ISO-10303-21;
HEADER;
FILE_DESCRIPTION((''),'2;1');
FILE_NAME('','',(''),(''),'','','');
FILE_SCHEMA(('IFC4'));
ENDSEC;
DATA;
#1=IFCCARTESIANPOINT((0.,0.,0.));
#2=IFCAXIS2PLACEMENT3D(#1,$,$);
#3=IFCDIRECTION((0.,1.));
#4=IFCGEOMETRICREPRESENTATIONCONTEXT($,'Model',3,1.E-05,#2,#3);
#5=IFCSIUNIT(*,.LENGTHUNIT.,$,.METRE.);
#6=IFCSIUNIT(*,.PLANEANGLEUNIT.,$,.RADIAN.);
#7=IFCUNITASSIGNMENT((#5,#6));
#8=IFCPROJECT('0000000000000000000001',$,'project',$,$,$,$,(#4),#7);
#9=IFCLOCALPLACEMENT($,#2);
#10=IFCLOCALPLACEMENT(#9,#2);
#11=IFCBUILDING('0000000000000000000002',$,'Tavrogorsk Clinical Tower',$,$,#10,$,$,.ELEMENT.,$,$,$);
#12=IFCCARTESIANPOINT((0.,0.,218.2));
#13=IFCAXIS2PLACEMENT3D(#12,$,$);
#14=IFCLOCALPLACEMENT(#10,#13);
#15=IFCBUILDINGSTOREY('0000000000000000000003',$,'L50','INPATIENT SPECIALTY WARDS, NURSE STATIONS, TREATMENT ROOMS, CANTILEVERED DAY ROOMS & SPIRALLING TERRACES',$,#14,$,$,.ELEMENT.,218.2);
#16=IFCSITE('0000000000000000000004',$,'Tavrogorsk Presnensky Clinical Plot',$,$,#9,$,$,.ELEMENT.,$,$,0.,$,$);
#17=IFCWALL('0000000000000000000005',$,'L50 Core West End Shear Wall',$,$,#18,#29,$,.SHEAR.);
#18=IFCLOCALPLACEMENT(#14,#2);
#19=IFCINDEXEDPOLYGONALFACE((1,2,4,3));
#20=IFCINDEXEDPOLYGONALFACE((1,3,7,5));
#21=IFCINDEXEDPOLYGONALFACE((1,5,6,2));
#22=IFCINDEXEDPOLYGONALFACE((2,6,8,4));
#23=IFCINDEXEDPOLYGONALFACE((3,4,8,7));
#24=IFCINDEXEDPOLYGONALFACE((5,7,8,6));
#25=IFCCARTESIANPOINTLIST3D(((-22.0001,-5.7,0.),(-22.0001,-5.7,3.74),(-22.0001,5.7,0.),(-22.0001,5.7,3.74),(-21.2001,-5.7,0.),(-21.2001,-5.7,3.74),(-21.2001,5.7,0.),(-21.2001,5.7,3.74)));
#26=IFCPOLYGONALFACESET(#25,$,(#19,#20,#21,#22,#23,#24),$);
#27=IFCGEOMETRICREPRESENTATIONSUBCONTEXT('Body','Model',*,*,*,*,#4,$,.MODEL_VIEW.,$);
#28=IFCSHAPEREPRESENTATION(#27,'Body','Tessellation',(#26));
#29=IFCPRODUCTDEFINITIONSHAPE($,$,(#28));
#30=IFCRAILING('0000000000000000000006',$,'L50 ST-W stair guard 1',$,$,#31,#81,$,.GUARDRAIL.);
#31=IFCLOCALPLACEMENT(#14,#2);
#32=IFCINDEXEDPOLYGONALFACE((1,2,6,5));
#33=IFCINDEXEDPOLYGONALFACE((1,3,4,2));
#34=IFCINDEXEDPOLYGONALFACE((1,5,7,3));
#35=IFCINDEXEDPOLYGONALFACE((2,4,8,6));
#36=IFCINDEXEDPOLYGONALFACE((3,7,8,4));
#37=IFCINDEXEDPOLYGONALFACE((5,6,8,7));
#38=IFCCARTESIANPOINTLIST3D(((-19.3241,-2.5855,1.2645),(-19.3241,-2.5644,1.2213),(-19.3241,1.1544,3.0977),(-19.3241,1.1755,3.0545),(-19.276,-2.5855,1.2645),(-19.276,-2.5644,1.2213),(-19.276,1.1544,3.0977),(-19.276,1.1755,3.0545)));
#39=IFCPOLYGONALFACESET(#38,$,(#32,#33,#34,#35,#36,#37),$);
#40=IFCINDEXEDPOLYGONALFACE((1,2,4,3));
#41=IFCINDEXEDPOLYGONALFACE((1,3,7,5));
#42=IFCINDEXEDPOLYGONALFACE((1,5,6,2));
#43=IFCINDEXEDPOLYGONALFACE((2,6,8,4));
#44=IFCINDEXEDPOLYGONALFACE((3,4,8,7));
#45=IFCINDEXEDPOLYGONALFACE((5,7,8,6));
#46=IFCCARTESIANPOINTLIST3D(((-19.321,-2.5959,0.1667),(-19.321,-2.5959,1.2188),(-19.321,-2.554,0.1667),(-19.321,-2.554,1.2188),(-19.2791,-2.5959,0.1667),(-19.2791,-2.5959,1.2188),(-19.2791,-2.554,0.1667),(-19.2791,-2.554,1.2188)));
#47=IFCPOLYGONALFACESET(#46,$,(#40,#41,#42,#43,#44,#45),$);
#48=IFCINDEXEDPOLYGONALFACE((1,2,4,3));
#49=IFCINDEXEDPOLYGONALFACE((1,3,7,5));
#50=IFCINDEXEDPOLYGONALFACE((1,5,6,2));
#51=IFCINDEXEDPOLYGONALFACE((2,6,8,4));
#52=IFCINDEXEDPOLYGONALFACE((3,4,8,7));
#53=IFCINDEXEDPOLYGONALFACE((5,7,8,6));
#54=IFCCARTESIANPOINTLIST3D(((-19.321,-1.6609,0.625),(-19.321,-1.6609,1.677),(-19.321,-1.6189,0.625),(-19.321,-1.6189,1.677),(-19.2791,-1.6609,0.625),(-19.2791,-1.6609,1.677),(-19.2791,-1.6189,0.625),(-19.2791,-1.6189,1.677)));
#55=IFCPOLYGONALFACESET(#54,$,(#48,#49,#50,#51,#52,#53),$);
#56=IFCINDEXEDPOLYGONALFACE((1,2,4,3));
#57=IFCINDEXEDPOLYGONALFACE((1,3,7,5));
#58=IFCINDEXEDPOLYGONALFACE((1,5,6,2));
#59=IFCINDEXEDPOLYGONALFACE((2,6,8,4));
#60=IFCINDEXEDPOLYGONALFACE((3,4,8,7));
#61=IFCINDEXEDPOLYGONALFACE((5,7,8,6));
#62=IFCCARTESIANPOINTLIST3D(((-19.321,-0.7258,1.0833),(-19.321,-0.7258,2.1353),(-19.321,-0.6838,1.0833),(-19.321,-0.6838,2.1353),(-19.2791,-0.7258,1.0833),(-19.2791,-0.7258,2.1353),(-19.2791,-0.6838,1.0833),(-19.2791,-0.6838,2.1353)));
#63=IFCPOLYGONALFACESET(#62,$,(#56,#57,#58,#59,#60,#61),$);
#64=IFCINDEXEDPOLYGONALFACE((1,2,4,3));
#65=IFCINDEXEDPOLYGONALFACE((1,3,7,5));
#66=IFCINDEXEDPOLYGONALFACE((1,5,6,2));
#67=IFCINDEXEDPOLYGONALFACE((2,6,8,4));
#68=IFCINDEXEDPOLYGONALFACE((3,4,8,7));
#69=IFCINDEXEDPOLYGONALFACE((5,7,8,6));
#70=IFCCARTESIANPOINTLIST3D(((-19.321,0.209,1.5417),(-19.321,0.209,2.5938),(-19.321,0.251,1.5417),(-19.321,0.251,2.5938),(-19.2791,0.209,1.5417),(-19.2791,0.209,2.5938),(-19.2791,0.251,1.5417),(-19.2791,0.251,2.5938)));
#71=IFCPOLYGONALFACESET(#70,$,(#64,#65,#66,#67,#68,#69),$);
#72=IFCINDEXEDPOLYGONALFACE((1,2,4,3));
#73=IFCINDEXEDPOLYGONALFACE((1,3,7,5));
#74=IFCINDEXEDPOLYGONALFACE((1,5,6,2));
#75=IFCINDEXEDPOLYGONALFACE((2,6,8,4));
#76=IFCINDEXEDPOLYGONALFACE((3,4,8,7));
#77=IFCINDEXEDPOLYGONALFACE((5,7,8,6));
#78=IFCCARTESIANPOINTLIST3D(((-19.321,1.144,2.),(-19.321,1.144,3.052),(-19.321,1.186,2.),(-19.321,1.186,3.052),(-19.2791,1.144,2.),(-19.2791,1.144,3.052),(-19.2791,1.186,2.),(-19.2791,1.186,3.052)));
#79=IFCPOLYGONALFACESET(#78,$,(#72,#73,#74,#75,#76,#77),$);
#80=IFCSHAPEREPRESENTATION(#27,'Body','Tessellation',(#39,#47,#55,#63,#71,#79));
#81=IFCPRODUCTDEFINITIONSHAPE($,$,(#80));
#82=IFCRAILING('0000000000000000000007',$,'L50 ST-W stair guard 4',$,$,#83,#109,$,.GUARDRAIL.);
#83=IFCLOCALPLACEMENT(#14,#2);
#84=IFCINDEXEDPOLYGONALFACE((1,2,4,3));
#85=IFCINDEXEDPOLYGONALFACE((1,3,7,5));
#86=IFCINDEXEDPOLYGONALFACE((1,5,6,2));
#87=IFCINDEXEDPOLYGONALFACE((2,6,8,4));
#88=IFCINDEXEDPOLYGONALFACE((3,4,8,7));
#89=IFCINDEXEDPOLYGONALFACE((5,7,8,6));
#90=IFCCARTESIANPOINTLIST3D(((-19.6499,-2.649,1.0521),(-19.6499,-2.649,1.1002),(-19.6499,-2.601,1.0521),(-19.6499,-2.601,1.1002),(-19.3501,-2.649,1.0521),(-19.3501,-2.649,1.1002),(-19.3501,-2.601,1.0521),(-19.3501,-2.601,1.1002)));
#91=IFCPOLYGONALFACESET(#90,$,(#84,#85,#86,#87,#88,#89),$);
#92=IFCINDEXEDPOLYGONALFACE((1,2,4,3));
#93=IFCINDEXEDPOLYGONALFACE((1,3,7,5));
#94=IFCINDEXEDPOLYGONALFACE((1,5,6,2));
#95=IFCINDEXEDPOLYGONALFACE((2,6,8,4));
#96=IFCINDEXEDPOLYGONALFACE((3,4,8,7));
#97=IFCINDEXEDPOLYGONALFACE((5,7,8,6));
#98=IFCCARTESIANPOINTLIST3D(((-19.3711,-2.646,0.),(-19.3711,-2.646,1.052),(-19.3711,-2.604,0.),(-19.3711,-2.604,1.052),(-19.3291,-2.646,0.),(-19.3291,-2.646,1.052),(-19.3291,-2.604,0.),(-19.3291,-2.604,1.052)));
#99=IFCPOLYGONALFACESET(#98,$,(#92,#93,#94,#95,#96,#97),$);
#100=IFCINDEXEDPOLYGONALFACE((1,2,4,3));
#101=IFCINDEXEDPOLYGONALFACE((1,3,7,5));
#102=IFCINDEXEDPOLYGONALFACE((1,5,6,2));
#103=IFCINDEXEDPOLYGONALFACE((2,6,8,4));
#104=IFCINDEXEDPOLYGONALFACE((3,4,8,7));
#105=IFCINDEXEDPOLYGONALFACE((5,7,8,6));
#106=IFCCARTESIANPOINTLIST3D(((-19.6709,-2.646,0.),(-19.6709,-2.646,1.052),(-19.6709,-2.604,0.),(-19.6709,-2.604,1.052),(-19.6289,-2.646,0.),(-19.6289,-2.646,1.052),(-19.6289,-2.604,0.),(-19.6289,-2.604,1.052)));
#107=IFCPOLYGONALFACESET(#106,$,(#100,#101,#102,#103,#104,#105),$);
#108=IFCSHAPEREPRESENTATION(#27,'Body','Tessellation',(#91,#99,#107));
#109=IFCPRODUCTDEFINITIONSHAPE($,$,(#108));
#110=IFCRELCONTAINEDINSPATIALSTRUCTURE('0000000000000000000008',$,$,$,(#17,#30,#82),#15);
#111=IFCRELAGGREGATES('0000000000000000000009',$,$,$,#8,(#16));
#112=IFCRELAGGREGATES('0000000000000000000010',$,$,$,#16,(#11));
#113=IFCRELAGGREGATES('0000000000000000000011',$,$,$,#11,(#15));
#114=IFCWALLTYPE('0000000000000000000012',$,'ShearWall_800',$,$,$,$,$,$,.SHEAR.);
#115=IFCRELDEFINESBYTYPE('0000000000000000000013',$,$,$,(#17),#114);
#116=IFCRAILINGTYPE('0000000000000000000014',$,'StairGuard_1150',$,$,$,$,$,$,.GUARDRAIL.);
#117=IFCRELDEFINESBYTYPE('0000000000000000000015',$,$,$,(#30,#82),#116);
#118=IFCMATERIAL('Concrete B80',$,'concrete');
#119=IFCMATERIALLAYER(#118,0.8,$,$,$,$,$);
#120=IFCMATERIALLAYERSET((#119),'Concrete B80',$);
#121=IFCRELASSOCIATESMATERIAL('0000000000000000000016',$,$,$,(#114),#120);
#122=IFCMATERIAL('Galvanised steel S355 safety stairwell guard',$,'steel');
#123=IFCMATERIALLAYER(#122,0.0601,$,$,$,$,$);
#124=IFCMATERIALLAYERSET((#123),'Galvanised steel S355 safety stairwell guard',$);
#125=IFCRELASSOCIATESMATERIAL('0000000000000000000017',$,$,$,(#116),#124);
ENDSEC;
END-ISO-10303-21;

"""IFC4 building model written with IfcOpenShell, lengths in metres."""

from ifc_helpers import new_model, si_unit, direction, frame, frame_2d, origin, origin_2d, place, context, subcontext, project, spatial, rectangle, extrude, material, layer, layer_set, type_object, element, save


model = new_model("IFC4")

# Units and contexts
model_context = context("Model", 3, precision=1e-05, world=origin(), true_north=direction((0.0, 1.0)))
body_context = subcontext(model_context, "Body", "Model", "MODEL_VIEW")
ifc_project = project(units=[si_unit("LENGTHUNIT", "METRE"), si_unit("PLANEANGLEUNIT", "RADIAN")], contexts=[model_context])

# Site, building, storey
site_placement = place(None, origin())
site = spatial("IfcSite", under=ifc_project, at=site_placement, Name="Tavrogorsk Presnensky Clinical Plot", CompositionType="ELEMENT", RefElevation=0.0)
building_placement = place(site_placement, origin())
building = spatial("IfcBuilding", under=site, at=building_placement, Name="Tavrogorsk Clinical Tower", CompositionType="ELEMENT")
storey_placement = place(building_placement, frame((0.0, 0.0, 218.2)))
storey = spatial("IfcBuildingStorey", under=building, at=storey_placement, Name="L50", Description="INPATIENT SPECIALTY WARDS, NURSE STATIONS, TREATMENT ROOMS, CANTILEVERED DAY ROOMS & SPIRALLING TERRACES", CompositionType="ELEMENT", Elevation=218.2)

# Wall
ifc_material_1 = material(Name="Concrete B80", Category="concrete")
ifc_layer_1 = layer(ifc_material_1, 0.8)
ifc_layer_set_1 = layer_set([ifc_layer_1], Name="Concrete B80")
wall_type_1 = type_object("IfcWallType", Name="ShearWall_800", PredefinedType="SHEAR", material=ifc_layer_set_1)
wall_1_placement = place(storey_placement, frame((-21.6001, -5.7, 0.0), z_axis=(0.0, 0.0, 1.0), x_axis=(0.0, 1.0, 0.0)))
element("IfcWall", 1, at=wall_1_placement, inside=storey, type_object=wall_type_1, Name="L50 Core West End Shear Wall", PredefinedType="SHEAR", context=body_context, shape_type="SweptSolid", body=[
    extrude(rectangle(XDim=11.3999, YDim=0.8, at=frame_2d((5.7, 0.0))), origin(), (0.0, 0.0, 1.0), 3.74),
])

# Railings
ifc_material_2 = material(Name="Galvanised steel S355 safety stairwell guard", Category="steel")
ifc_layer_2 = layer(ifc_material_2, 0.0601)
ifc_layer_set_2 = layer_set([ifc_layer_2], Name="Galvanised steel S355 safety stairwell guard")
railing_type = type_object("IfcRailingType", Name="StairGuard_1150", PredefinedType="GUARDRAIL", material=ifc_layer_set_2)
railing_1_placement = place(storey_placement, frame((-19.3, -2.575, 0.1667)))
element("IfcRailing", 2, at=railing_1_placement, inside=storey, type_object=railing_type, Name="L50 ST-W stair guard 1", PredefinedType="GUARDRAIL", context=body_context, shape_type="SweptSolid", body=[
    extrude(rectangle(XDim=0.0481, YDim=0.0481, at=origin_2d()), frame((0.0, 0.0, 1.0762), z_axis=(0.0, 0.897928, 0.440142), x_axis=(-1.0, 0.0, 0.0)), (0.0, 0.0, 1.0), 4.165),
    extrude(rectangle(XDim=0.042, YDim=0.042, at=origin_2d()), origin(), (0.0, 0.0, 1.0), 1.052),
    extrude(rectangle(XDim=0.042, YDim=0.042, at=origin_2d()), frame((0.0, 0.9351, 0.4583)), (0.0, 0.0, 1.0), 1.052),
    extrude(rectangle(XDim=0.042, YDim=0.042, at=origin_2d()), frame((0.0, 1.8701, 0.9165)), (0.0, 0.0, 1.0), 1.052),
    extrude(rectangle(XDim=0.042, YDim=0.042, at=origin_2d()), frame((0.0, 2.8049, 1.375)), (0.0, 0.0, 1.0), 1.052),
    extrude(rectangle(XDim=0.042, YDim=0.042, at=origin_2d()), frame((0.0, 3.74, 1.8333)), (0.0, 0.0, 1.0), 1.052),
])
railing_2_placement = place(storey_placement, frame((-19.3501, -2.625, 0.0)))
element("IfcRailing", 3, at=railing_2_placement, inside=storey, type_object=railing_type, Name="L50 ST-W stair guard 4", PredefinedType="GUARDRAIL", context=body_context, shape_type="SweptSolid", body=[
    extrude(rectangle(XDim=0.0481, YDim=0.0481, at=origin_2d()), frame((0.0, 0.0, 1.0762), z_axis=(-1.0, 0.0, 0.0), x_axis=(0.0, -1.0, 0.0)), (0.0, 0.0, 1.0), 0.2998),
    extrude(rectangle(XDim=0.042, YDim=0.042, at=origin_2d()), origin(), (0.0, 0.0, 1.0), 1.052),
    extrude(rectangle(XDim=0.042, YDim=0.042, at=origin_2d()), frame((-0.2998, 0.0, 0.0)), (0.0, 0.0, 1.0), 1.052),
])

save(model, "model.ifc")
